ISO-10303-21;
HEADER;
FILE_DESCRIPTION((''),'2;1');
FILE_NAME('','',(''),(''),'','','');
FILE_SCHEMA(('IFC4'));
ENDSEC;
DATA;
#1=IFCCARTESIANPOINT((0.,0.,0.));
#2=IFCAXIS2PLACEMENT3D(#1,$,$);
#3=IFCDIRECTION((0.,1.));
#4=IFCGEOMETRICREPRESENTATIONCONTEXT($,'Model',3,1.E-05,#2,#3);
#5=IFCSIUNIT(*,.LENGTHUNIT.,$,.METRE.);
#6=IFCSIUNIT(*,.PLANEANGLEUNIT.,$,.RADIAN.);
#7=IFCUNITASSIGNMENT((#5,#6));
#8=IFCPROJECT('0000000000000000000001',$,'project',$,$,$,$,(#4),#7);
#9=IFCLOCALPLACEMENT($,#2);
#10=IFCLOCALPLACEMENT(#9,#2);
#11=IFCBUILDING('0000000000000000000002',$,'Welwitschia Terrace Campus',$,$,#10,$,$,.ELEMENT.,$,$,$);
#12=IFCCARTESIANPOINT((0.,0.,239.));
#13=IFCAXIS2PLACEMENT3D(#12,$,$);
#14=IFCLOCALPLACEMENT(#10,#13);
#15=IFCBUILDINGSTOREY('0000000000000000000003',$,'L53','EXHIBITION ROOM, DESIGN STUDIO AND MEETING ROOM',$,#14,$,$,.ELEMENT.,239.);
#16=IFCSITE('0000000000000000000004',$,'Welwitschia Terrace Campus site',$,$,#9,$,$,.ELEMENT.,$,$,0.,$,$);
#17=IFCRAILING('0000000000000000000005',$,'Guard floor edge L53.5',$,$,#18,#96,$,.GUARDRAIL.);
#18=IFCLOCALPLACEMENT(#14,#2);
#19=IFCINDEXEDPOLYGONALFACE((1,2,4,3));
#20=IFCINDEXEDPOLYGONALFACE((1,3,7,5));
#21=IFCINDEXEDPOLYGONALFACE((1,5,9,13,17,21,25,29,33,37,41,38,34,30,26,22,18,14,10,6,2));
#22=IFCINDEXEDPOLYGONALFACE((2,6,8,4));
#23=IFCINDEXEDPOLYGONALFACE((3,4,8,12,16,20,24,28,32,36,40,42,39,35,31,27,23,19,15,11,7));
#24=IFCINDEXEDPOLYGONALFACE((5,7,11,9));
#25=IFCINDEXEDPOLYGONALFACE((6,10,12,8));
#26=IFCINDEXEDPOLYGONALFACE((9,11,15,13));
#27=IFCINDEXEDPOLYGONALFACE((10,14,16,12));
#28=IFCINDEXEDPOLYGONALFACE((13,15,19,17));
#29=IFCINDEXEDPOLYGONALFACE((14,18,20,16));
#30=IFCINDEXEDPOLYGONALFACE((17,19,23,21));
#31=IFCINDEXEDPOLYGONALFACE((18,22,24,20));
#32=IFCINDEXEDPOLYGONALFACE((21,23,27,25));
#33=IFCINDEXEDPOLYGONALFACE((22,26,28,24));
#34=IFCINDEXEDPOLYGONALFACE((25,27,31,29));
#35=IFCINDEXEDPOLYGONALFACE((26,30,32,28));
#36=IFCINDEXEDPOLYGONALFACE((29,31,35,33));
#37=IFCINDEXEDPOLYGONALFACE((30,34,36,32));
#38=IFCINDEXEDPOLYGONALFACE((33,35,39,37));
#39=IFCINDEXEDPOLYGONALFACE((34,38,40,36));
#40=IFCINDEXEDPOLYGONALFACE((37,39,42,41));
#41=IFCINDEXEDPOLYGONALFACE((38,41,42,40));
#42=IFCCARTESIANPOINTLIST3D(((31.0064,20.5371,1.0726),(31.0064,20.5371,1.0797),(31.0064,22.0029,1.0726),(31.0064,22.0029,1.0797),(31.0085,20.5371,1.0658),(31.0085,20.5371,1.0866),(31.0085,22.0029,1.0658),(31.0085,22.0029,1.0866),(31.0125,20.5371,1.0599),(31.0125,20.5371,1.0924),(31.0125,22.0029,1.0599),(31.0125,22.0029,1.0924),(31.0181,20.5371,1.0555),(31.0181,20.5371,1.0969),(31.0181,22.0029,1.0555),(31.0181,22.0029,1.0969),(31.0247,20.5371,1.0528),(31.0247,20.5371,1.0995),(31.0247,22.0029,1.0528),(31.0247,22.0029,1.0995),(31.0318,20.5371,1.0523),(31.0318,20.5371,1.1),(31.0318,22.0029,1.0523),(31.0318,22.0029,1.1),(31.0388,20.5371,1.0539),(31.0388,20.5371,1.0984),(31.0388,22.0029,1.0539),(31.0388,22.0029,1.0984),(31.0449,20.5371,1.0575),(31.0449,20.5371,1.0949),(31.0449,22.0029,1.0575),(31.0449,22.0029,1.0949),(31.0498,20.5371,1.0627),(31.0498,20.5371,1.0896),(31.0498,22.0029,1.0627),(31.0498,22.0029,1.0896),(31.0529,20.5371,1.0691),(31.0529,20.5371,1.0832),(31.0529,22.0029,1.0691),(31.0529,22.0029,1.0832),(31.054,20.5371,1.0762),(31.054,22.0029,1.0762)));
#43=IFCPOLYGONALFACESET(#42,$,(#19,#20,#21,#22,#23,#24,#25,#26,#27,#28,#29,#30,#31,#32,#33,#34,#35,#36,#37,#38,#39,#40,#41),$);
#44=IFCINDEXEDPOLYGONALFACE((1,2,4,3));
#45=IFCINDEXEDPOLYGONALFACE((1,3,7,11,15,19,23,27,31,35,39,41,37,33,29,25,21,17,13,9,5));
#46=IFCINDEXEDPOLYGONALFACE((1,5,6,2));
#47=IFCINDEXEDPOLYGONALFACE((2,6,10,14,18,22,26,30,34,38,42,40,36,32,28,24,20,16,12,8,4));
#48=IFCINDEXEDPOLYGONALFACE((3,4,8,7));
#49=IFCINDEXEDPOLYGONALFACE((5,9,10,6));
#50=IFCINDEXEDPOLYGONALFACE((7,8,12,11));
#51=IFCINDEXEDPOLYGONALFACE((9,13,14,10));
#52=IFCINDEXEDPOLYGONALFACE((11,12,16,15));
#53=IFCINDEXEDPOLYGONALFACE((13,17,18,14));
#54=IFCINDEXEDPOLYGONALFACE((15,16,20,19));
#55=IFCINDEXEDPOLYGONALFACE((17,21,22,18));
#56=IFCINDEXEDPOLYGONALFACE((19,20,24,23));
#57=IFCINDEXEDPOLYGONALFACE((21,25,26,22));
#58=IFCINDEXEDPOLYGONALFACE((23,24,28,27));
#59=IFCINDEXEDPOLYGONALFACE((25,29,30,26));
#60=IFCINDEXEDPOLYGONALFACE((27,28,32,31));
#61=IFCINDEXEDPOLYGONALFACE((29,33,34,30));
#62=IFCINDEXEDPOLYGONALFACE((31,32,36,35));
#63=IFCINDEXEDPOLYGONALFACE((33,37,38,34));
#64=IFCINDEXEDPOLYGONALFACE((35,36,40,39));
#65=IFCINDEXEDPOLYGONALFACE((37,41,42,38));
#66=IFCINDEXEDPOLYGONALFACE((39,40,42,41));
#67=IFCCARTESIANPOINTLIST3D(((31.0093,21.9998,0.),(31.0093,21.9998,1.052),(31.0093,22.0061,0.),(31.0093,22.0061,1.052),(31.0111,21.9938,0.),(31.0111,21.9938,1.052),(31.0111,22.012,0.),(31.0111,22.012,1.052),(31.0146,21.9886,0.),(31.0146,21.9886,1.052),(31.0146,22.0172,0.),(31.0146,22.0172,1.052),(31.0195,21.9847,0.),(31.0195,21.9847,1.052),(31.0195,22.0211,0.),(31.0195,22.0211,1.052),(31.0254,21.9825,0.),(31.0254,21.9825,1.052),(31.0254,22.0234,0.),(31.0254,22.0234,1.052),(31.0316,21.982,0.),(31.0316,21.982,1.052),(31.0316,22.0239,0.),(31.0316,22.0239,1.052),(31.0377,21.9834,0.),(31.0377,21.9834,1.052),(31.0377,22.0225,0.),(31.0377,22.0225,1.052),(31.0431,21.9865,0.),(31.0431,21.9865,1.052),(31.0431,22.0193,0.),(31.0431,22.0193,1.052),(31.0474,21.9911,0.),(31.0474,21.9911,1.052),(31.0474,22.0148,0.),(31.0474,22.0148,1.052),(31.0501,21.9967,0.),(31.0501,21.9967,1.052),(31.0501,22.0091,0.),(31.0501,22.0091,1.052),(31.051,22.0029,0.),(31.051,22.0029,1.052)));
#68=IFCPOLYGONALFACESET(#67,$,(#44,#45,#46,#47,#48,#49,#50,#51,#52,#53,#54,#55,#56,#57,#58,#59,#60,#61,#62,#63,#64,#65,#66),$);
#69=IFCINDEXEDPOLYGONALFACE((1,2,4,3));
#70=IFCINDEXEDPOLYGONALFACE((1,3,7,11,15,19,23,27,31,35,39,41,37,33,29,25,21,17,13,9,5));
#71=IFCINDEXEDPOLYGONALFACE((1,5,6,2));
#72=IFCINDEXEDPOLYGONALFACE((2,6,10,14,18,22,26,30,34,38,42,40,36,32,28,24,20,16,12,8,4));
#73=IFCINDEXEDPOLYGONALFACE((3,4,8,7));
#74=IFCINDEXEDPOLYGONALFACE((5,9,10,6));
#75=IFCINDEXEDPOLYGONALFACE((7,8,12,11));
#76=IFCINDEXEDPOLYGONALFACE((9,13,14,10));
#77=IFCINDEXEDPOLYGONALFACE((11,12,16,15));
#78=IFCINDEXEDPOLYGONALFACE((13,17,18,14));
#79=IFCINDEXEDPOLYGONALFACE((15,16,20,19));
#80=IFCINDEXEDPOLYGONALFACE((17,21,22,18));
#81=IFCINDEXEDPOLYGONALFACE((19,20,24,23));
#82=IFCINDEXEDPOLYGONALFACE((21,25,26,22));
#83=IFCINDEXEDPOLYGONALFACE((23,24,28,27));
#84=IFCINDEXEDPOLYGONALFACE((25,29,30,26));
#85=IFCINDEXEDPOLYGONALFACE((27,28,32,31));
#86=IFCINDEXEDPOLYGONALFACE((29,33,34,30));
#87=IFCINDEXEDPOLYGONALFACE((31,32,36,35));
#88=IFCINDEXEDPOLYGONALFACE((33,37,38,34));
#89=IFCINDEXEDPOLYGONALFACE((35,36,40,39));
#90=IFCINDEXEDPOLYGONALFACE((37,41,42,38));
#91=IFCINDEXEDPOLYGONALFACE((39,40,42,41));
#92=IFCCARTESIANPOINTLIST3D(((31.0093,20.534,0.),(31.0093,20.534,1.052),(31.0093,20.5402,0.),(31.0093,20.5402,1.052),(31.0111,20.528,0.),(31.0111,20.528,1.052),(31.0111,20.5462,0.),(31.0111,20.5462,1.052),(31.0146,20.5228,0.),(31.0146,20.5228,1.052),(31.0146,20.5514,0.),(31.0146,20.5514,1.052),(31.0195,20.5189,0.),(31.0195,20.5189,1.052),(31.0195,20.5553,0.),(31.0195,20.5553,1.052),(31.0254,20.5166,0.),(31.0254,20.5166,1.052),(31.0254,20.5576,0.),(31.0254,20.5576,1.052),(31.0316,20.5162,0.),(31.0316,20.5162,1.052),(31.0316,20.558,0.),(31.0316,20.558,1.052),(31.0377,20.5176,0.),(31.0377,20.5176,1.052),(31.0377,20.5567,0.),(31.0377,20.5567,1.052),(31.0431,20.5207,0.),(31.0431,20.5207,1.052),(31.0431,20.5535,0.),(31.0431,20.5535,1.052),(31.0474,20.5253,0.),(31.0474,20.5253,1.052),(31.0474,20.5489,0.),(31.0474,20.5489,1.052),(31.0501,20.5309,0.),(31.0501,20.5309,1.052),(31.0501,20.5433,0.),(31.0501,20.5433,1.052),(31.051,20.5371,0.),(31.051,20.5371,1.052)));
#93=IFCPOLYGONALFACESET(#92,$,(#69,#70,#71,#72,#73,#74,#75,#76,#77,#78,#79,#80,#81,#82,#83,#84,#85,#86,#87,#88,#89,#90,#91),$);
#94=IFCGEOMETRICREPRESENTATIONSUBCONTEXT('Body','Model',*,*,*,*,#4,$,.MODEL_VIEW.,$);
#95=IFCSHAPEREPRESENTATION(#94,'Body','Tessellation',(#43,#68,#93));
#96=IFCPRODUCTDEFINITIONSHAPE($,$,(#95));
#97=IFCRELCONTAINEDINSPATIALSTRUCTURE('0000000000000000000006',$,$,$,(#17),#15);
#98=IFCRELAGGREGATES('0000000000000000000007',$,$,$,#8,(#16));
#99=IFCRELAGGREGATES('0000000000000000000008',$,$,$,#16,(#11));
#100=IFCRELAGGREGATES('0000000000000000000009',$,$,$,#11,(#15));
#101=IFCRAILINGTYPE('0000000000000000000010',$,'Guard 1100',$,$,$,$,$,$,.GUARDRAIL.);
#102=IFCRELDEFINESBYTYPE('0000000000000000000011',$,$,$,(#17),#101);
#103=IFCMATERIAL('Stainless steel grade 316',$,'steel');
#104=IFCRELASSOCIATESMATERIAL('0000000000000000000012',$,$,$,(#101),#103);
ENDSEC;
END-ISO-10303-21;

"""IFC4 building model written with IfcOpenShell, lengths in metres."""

from ifc_helpers import new_model, si_unit, direction, frame, origin, origin_2d, place, context, subcontext, project, spatial, circle, extrude, material, type_object, element, save


model = new_model("IFC4")

# Units and contexts
model_context = context("Model", 3, precision=1e-05, world=origin(), true_north=direction((0.0, 1.0)))
body_context = subcontext(model_context, "Body", "Model", "MODEL_VIEW")
ifc_project = project(units=[si_unit("LENGTHUNIT", "METRE"), si_unit("PLANEANGLEUNIT", "RADIAN")], contexts=[model_context])

# Site, building, storey
site_placement = place(None, origin())
site = spatial("IfcSite", under=ifc_project, at=site_placement, Name="Welwitschia Terrace Campus site", CompositionType="ELEMENT", RefElevation=0.0)
building_placement = place(site_placement, origin())
building = spatial("IfcBuilding", under=site, at=building_placement, Name="Welwitschia Terrace Campus", CompositionType="ELEMENT")
storey_placement = place(building_placement, frame((0.0, 0.0, 239.0)))
storey = spatial("IfcBuildingStorey", under=building, at=storey_placement, Name="L53", Description="EXHIBITION ROOM, DESIGN STUDIO AND MEETING ROOM", CompositionType="ELEMENT", Elevation=239.0)

# Railing
ifc_material_1 = material(Name="Stainless steel grade 316", Category="steel")
railing_type = type_object("IfcRailingType", Name="Guard 1100", PredefinedType="GUARDRAIL", material=ifc_material_1)
railing_1_placement = place(storey_placement, frame((31.03, 22.0029, 0.0)))
element("IfcRailing", 1, at=railing_1_placement, inside=storey, type_object=railing_type, Name="Guard floor edge L53.5", PredefinedType="GUARDRAIL", context=body_context, shape_type="SweptSolid", body=[
    extrude(circle(Radius=0.0239, at=origin_2d()), frame((0.0, 0.0, 1.0762), z_axis=(0.0, -1.0, 0.0), x_axis=(1.0, 0.0, 0.0)), (0.0, 0.0, 1.0), 1.4658),
    extrude(circle(Radius=0.021, at=origin_2d()), origin(), (0.0, 0.0, 1.0), 1.052),
    extrude(circle(Radius=0.021, at=origin_2d()), frame((0.0, -1.4658, 0.0)), (0.0, 0.0, 1.0), 1.052),
])

save(model, "model.ifc")
